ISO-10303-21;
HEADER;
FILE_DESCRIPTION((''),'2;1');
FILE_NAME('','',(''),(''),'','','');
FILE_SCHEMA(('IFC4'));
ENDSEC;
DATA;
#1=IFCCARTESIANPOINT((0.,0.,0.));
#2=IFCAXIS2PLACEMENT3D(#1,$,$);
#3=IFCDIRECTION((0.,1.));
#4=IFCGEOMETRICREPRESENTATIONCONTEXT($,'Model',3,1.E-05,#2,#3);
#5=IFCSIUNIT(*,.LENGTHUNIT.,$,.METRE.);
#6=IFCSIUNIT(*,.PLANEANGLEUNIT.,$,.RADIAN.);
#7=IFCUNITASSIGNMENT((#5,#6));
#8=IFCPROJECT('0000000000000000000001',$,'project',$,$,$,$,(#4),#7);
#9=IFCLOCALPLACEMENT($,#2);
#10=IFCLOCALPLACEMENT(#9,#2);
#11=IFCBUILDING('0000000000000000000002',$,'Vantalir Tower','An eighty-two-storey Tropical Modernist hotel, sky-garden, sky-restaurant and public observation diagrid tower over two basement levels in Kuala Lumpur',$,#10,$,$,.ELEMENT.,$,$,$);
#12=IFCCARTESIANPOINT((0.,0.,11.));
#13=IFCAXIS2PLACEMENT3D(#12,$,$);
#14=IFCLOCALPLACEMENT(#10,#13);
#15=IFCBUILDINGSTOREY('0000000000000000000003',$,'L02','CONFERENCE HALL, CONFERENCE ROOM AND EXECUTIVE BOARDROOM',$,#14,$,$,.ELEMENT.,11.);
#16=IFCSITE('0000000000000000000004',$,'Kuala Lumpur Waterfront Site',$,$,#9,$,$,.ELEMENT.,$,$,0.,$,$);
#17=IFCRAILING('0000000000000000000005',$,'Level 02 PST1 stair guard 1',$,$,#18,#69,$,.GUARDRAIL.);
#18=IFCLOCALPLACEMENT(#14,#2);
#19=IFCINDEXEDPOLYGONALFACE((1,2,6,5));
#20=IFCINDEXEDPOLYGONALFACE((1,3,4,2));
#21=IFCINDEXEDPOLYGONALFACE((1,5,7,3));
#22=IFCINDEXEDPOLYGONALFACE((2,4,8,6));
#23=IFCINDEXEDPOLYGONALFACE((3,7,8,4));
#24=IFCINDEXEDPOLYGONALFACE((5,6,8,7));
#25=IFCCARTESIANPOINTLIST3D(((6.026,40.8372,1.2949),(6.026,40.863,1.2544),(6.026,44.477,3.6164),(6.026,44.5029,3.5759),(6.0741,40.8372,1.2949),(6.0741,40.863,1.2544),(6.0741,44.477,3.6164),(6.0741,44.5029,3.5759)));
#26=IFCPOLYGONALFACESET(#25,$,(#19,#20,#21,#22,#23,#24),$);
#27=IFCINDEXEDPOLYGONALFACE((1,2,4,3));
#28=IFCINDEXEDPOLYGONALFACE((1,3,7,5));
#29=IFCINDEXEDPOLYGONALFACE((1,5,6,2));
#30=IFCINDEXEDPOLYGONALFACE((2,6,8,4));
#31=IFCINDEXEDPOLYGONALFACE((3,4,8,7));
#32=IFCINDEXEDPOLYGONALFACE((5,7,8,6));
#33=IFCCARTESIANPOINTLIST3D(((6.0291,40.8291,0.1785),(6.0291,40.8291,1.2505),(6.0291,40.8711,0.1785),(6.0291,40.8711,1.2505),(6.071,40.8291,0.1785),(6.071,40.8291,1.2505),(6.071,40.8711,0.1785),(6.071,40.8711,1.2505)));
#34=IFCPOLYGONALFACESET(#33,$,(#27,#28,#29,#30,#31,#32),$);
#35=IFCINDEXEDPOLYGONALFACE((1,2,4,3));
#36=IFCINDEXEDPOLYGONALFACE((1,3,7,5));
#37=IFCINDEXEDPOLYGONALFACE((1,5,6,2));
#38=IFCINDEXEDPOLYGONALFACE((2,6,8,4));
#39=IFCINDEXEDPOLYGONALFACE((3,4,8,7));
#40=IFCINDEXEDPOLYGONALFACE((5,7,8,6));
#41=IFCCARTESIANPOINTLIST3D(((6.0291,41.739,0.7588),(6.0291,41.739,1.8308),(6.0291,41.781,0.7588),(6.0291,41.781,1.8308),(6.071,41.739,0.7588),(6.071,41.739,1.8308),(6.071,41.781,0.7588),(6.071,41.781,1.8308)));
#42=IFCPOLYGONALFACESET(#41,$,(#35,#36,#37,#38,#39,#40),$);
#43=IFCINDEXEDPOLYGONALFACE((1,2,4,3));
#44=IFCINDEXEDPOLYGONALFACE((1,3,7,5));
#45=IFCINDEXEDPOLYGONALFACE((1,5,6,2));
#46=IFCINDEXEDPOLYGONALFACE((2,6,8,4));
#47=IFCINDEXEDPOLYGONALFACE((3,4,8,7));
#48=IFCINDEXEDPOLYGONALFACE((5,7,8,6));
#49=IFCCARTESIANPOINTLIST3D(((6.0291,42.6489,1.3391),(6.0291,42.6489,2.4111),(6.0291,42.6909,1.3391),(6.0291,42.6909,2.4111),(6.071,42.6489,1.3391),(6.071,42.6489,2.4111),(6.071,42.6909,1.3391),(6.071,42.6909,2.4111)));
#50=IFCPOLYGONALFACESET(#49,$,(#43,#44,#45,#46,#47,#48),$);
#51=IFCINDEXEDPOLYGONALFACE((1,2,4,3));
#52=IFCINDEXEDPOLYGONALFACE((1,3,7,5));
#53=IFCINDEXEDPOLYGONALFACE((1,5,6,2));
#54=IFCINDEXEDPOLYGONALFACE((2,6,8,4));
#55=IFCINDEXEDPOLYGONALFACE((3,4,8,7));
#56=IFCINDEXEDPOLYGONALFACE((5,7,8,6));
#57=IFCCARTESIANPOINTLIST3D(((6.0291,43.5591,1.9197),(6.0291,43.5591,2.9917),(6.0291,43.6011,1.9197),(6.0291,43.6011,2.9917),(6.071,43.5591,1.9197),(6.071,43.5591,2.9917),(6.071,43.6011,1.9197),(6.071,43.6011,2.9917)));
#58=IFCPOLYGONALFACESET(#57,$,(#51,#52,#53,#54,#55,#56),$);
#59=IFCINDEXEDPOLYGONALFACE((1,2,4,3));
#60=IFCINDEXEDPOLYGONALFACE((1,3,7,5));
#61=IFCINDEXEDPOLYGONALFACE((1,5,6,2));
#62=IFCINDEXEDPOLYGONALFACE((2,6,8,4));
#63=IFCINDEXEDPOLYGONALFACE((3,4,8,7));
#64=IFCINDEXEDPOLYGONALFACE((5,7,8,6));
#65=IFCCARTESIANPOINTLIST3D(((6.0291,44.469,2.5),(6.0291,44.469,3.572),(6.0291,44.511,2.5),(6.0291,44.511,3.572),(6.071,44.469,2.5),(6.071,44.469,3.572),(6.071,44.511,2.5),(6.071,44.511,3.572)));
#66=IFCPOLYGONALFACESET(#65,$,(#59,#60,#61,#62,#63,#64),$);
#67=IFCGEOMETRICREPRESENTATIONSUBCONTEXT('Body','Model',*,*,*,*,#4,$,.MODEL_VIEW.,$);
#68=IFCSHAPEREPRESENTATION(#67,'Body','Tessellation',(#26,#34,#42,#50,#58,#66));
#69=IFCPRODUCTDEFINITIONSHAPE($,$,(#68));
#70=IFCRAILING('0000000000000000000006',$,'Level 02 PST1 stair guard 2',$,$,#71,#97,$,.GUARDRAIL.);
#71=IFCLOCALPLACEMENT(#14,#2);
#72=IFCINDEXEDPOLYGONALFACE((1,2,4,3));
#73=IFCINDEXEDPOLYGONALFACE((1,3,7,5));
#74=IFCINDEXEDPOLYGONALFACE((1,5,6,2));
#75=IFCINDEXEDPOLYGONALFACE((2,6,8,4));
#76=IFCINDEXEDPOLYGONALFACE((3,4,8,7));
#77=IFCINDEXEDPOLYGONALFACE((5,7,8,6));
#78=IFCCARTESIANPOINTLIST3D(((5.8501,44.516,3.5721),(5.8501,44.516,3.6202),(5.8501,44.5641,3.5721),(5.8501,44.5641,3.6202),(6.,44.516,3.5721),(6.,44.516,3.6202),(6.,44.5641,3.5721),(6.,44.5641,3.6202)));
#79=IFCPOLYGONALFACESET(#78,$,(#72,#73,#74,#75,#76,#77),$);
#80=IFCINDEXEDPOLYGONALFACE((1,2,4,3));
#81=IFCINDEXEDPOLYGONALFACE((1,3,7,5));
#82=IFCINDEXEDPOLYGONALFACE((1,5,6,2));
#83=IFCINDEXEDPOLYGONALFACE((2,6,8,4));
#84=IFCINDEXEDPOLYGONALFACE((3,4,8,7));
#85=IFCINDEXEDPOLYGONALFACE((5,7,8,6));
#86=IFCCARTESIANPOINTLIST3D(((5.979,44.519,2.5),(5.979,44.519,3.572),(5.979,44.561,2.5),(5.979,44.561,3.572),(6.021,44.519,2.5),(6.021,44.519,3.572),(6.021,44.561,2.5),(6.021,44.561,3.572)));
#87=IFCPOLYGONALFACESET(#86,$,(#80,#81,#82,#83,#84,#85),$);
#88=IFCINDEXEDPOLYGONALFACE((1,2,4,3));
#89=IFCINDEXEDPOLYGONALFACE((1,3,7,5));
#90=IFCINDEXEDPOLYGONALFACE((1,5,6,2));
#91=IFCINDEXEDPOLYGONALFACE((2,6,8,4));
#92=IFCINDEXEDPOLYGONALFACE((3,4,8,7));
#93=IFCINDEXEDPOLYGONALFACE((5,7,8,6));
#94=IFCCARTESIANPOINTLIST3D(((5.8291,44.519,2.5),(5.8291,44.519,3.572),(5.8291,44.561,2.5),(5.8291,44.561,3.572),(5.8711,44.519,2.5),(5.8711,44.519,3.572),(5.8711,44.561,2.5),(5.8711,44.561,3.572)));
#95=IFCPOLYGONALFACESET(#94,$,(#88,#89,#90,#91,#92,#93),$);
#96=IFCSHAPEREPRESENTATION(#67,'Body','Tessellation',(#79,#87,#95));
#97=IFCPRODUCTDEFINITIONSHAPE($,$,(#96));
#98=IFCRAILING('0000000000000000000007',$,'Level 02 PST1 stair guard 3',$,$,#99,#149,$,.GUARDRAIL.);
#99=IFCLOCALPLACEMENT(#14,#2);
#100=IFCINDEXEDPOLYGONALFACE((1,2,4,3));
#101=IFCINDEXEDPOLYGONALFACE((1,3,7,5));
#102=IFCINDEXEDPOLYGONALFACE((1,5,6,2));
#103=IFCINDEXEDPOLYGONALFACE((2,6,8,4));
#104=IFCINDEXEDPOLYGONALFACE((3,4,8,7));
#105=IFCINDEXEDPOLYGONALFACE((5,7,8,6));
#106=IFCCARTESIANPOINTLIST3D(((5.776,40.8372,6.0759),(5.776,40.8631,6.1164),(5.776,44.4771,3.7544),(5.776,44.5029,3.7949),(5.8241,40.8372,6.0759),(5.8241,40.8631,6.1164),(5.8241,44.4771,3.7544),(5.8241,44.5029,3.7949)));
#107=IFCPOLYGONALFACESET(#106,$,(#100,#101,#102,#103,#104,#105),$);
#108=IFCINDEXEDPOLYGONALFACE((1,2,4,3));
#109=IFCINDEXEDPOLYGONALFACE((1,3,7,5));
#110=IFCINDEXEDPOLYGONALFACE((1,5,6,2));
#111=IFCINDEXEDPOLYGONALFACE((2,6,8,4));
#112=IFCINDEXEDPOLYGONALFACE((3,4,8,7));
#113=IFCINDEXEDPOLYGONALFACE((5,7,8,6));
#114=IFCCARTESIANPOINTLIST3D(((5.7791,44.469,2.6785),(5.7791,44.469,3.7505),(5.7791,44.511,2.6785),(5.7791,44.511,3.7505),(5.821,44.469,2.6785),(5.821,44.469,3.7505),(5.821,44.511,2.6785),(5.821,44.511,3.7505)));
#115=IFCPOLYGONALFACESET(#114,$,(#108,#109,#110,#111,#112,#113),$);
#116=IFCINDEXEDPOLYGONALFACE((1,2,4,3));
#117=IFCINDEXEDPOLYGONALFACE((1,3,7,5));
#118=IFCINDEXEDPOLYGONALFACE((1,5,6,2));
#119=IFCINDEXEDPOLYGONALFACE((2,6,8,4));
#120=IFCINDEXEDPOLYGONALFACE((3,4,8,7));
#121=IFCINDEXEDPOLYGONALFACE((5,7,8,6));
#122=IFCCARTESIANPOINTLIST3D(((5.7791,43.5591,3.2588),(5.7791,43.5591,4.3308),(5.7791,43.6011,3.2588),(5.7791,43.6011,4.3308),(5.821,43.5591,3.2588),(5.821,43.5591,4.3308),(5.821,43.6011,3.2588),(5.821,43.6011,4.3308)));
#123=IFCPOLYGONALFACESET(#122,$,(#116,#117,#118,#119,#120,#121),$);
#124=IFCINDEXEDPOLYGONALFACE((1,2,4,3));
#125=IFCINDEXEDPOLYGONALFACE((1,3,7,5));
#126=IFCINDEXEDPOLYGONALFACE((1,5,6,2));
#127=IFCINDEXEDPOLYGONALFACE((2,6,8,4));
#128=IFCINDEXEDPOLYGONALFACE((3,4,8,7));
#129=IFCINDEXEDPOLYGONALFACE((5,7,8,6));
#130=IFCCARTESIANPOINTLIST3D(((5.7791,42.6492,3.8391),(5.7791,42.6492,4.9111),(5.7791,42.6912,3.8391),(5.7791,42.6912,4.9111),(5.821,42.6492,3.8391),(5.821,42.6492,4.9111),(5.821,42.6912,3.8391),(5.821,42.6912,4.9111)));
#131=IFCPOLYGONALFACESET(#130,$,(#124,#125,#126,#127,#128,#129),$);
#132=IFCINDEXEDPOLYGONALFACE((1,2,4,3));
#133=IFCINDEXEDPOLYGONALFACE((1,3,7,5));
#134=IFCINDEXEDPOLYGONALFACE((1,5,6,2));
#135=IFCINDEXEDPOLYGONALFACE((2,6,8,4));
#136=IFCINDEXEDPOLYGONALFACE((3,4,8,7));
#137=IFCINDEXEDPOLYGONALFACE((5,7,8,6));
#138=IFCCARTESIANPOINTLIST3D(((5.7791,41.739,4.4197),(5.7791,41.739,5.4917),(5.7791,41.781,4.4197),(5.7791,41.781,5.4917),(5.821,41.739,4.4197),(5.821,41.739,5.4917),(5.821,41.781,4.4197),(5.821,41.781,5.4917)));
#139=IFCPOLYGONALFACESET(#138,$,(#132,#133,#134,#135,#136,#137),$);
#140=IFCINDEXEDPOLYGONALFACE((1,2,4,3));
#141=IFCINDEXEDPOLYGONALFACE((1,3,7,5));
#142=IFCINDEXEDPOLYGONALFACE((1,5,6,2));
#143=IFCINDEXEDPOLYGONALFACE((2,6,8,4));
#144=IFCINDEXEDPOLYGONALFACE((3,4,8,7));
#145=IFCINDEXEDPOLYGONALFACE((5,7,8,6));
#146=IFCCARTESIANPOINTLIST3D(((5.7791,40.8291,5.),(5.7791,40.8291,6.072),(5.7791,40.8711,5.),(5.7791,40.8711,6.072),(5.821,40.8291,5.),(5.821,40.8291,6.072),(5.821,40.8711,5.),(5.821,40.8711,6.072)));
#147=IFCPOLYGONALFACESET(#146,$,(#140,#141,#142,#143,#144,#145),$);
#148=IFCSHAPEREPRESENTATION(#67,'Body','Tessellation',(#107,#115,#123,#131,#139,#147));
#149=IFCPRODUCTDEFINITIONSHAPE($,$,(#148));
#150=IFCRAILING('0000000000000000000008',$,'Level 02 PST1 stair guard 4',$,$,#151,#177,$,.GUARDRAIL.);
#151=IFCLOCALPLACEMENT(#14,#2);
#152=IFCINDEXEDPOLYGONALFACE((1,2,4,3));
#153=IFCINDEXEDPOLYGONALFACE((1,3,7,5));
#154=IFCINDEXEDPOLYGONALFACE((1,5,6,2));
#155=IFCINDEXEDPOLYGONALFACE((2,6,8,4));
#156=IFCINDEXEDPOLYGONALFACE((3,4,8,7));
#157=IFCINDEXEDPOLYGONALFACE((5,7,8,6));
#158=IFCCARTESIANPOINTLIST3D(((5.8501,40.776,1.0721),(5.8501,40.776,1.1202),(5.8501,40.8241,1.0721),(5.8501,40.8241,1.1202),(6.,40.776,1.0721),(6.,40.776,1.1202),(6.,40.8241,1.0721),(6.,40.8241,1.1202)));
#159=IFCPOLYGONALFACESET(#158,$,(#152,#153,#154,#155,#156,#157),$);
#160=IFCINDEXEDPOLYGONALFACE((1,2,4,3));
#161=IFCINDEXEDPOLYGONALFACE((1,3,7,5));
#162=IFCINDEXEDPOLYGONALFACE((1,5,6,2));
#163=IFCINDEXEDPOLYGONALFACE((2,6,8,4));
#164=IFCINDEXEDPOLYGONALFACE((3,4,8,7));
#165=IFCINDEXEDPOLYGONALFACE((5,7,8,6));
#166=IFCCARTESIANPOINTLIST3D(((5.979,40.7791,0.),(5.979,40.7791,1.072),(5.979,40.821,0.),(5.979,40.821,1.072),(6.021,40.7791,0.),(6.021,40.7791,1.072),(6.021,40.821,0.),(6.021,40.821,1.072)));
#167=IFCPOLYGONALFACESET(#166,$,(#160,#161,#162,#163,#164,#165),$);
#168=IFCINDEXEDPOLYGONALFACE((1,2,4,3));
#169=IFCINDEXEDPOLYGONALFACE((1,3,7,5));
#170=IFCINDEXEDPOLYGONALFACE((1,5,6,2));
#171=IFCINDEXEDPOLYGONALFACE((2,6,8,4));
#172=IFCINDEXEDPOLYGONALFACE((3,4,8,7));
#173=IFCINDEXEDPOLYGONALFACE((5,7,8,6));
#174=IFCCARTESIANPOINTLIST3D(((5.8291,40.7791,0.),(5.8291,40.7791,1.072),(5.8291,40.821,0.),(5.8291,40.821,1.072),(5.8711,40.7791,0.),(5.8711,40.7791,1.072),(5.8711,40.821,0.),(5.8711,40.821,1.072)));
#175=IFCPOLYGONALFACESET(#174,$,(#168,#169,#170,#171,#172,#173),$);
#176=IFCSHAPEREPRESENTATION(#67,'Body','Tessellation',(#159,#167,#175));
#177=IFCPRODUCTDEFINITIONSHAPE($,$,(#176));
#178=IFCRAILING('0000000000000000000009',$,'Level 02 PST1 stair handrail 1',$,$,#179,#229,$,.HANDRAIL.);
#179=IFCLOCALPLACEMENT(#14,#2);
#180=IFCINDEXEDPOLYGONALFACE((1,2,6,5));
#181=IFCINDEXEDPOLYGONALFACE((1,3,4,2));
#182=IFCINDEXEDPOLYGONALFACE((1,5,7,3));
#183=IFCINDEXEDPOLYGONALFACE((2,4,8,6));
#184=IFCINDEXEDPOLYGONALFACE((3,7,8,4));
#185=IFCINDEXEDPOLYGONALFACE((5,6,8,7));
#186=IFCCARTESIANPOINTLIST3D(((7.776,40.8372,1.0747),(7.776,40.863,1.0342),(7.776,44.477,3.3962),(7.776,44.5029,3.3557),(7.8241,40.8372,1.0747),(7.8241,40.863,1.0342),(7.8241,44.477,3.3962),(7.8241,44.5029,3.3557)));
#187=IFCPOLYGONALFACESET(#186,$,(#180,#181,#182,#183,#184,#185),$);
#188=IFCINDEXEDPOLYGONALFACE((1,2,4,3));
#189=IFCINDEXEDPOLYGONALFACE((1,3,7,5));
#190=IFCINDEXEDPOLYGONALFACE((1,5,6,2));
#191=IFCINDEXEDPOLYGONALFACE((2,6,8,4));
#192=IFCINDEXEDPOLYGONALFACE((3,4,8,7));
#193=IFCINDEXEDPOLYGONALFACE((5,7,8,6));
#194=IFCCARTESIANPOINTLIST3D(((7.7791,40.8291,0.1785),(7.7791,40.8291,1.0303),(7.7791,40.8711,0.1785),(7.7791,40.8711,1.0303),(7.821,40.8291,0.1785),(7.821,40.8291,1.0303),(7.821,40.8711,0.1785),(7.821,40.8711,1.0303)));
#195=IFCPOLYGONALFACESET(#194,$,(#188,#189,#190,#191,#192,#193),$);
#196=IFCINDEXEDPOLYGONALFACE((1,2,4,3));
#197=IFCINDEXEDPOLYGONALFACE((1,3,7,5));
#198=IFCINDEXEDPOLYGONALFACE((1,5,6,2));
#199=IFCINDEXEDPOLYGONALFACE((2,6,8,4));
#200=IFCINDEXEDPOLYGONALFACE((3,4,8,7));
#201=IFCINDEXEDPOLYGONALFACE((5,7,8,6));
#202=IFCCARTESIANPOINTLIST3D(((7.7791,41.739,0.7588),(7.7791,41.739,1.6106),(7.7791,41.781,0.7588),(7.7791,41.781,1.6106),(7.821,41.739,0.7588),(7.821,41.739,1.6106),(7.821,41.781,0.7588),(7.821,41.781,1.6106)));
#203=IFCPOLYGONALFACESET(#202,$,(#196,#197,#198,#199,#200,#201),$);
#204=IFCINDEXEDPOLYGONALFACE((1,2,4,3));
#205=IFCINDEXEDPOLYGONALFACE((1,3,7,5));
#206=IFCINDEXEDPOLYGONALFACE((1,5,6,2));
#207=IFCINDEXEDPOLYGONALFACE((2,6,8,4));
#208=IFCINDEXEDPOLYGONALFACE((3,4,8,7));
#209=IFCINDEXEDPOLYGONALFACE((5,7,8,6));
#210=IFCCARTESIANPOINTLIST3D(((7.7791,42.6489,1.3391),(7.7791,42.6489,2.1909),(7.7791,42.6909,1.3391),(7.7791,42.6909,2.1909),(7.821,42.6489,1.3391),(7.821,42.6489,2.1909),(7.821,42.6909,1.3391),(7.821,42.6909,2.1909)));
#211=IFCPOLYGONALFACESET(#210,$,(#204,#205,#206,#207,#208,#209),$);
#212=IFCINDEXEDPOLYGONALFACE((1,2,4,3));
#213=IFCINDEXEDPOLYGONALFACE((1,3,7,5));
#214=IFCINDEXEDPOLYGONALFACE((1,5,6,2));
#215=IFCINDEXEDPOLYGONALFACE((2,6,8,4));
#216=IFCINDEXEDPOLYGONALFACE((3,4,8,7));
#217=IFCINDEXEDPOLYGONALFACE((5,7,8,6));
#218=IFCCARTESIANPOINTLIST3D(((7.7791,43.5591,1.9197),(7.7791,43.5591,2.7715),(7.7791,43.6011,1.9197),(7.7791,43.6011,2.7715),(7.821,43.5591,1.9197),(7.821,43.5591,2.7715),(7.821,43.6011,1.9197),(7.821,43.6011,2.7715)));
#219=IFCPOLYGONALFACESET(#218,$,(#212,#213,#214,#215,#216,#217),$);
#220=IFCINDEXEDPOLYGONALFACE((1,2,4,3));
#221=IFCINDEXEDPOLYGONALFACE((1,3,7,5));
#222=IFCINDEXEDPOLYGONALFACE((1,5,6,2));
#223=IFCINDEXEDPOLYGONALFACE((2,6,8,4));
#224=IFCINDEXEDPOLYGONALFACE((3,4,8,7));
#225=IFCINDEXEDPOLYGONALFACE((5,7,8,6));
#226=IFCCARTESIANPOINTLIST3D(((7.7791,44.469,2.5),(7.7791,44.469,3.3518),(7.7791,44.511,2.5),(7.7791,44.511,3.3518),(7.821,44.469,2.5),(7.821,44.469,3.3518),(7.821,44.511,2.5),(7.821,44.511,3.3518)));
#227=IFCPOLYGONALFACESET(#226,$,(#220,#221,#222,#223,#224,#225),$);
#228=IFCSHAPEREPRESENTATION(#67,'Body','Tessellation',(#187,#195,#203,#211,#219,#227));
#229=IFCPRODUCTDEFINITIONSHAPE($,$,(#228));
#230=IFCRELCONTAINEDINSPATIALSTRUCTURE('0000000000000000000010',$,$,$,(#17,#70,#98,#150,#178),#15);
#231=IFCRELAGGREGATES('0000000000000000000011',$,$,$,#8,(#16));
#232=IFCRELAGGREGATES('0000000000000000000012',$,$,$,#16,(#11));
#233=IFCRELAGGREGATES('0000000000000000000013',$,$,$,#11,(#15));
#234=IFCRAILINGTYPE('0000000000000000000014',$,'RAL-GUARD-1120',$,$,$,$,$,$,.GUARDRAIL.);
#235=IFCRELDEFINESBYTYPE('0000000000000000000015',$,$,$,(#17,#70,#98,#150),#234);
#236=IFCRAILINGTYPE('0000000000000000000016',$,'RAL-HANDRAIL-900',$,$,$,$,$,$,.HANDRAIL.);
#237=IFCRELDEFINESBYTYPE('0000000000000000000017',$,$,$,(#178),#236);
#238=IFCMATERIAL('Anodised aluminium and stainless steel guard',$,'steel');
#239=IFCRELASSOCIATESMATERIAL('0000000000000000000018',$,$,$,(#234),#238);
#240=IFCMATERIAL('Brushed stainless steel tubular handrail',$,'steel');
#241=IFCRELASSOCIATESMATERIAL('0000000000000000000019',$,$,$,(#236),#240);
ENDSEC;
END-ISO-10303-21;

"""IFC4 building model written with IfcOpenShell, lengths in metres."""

from ifc_helpers import new_model, si_unit, direction, frame, origin, origin_2d, place, context, subcontext, project, spatial, rectangle, extrude, material, type_object, element, save


model = new_model("IFC4")

# Units and contexts
model_context = context("Model", 3, precision=1e-05, world=origin(), true_north=direction((0.0, 1.0)))
body_context = subcontext(model_context, "Body", "Model", "MODEL_VIEW")
ifc_project = project(units=[si_unit("LENGTHUNIT", "METRE"), si_unit("PLANEANGLEUNIT", "RADIAN")], contexts=[model_context])

# Site, building, storey
site_placement = place(None, origin())
site = spatial("IfcSite", under=ifc_project, at=site_placement, Name="Kuala Lumpur Waterfront Site", CompositionType="ELEMENT", RefElevation=0.0)
building_placement = place(site_placement, origin())
building = spatial("IfcBuilding", under=site, at=building_placement, Name="Vantalir Tower", Description="An eighty-two-storey Tropical Modernist hotel, sky-garden, sky-restaurant and public observation diagrid tower over two basement levels in Kuala Lumpur", CompositionType="ELEMENT")
storey_placement = place(building_placement, frame((0.0, 0.0, 11.0)))
storey = spatial("IfcBuildingStorey", under=building, at=storey_placement, Name="L02", Description="CONFERENCE HALL, CONFERENCE ROOM AND EXECUTIVE BOARDROOM", CompositionType="ELEMENT", Elevation=11.0)

# Railings
ifc_material_1 = material(Name="Anodised aluminium and stainless steel guard", Category="steel")
railing_type_1 = type_object("IfcRailingType", Name="RAL-GUARD-1120", PredefinedType="GUARDRAIL", material=ifc_material_1)
railing_1_placement = place(storey_placement, frame((6.05, 40.8501, 0.1785)))
element("IfcRailing", 1, at=railing_1_placement, inside=storey, type_object=railing_type_1, Name="Level 02 PST1 stair guard 1", PredefinedType="GUARDRAIL", context=body_context, shape_type="SweptSolid", body=[
    extrude(rectangle(XDim=0.0481, YDim=0.0481, at=origin_2d()), frame((0.0, 0.0, 1.0962), z_axis=(0.0, 0.843112, 0.537739), x_axis=(-1.0, 0.0, 0.0)), (0.0, 0.0, 1.0), 4.3171),
    extrude(rectangle(XDim=0.042, YDim=0.042, at=origin_2d()), origin(), (0.0, 0.0, 1.0), 1.072),
    extrude(rectangle(XDim=0.042, YDim=0.042, at=origin_2d()), frame((0.0, 0.9099, 0.5803)), (0.0, 0.0, 1.0), 1.072),
    extrude(rectangle(XDim=0.042, YDim=0.042, at=origin_2d()), frame((0.0, 1.8198, 1.1606)), (0.0, 0.0, 1.0), 1.072),
    extrude(rectangle(XDim=0.042, YDim=0.042, at=origin_2d()), frame((0.0, 2.73, 1.7412)), (0.0, 0.0, 1.0), 1.072),
    extrude(rectangle(XDim=0.042, YDim=0.042, at=origin_2d()), frame((0.0, 3.6399, 2.3215)), (0.0, 0.0, 1.0), 1.072),
])
railing_2_placement = place(storey_placement, frame((6.0, 44.54, 2.5)))
element("IfcRailing", 2, at=railing_2_placement, inside=storey, type_object=railing_type_1, Name="Level 02 PST1 stair guard 2", PredefinedType="GUARDRAIL", context=body_context, shape_type="SweptSolid", body=[
    extrude(rectangle(XDim=0.0481, YDim=0.0481, at=origin_2d()), frame((0.0, 0.0, 1.0962), z_axis=(-1.0, 0.0, 0.0), x_axis=(0.0, -1.0, 0.0)), (0.0, 0.0, 1.0), 0.1499),
    extrude(rectangle(XDim=0.042, YDim=0.042, at=origin_2d()), origin(), (0.0, 0.0, 1.0), 1.072),
    extrude(rectangle(XDim=0.042, YDim=0.042, at=origin_2d()), frame((-0.1499, 0.0, 0.0)), (0.0, 0.0, 1.0), 1.072),
])
railing_3_placement = place(storey_placement, frame((5.8, 44.49, 2.6785)))
element("IfcRailing", 3, at=railing_3_placement, inside=storey, type_object=railing_type_1, Name="Level 02 PST1 stair guard 3", PredefinedType="GUARDRAIL", context=body_context, shape_type="SweptSolid", body=[
    extrude(rectangle(XDim=0.0481, YDim=0.0481, at=origin_2d()), frame((0.0, 0.0, 1.0962), z_axis=(0.0, -0.843112, 0.537739), x_axis=(1.0, 0.0, 0.0)), (0.0, 0.0, 1.0), 4.3171),
    extrude(rectangle(XDim=0.042, YDim=0.042, at=origin_2d()), origin(), (0.0, 0.0, 1.0), 1.072),
    extrude(rectangle(XDim=0.042, YDim=0.042, at=origin_2d()), frame((0.0, -0.9099, 0.5803)), (0.0, 0.0, 1.0), 1.072),
    extrude(rectangle(XDim=0.042, YDim=0.042, at=origin_2d()), frame((0.0, -1.8198, 1.1606)), (0.0, 0.0, 1.0), 1.072),
    extrude(rectangle(XDim=0.042, YDim=0.042, at=origin_2d()), frame((0.0, -2.73, 1.7412)), (0.0, 0.0, 1.0), 1.072),
    extrude(rectangle(XDim=0.042, YDim=0.042, at=origin_2d()), frame((0.0, -3.6399, 2.3215)), (0.0, 0.0, 1.0), 1.072),
])
railing_4_placement = place(storey_placement, frame((6.0, 40.8, 0.0)))
element("IfcRailing", 4, at=railing_4_placement, inside=storey, type_object=railing_type_1, Name="Level 02 PST1 stair guard 4", PredefinedType="GUARDRAIL", context=body_context, shape_type="SweptSolid", body=[
    extrude(rectangle(XDim=0.0481, YDim=0.0481, at=origin_2d()), frame((0.0, 0.0, 1.0962), z_axis=(-1.0, 0.0, 0.0), x_axis=(0.0, -1.0, 0.0)), (0.0, 0.0, 1.0), 0.1499),
    extrude(rectangle(XDim=0.042, YDim=0.042, at=origin_2d()), origin(), (0.0, 0.0, 1.0), 1.072),
    extrude(rectangle(XDim=0.042, YDim=0.042, at=origin_2d()), frame((-0.1499, 0.0, 0.0)), (0.0, 0.0, 1.0), 1.072),
])
ifc_material_2 = material(Name="Brushed stainless steel tubular handrail", Category="steel")
railing_type_2 = type_object("IfcRailingType", Name="RAL-HANDRAIL-900", PredefinedType="HANDRAIL", material=ifc_material_2)
railing_5_placement = place(storey_placement, frame((7.8, 40.8501, 0.1785)))
element("IfcRailing", 5, at=railing_5_placement, inside=storey, type_object=railing_type_2, Name="Level 02 PST1 stair handrail 1", PredefinedType="HANDRAIL", context=body_context, shape_type="SweptSolid", body=[
    extrude(rectangle(XDim=0.0481, YDim=0.0481, at=origin_2d()), frame((0.0, 0.0, 0.876), z_axis=(0.0, 0.843112, 0.537739), x_axis=(-1.0, 0.0, 0.0)), (0.0, 0.0, 1.0), 4.3171),
    extrude(rectangle(XDim=0.042, YDim=0.042, at=origin_2d()), origin(), (0.0, 0.0, 1.0), 0.8518),
    extrude(rectangle(XDim=0.042, YDim=0.042, at=origin_2d()), frame((0.0, 0.9099, 0.5803)), (0.0, 0.0, 1.0), 0.8518),
    extrude(rectangle(XDim=0.042, YDim=0.042, at=origin_2d()), frame((0.0, 1.8198, 1.1606)), (0.0, 0.0, 1.0), 0.8518),
    extrude(rectangle(XDim=0.042, YDim=0.042, at=origin_2d()), frame((0.0, 2.73, 1.7412)), (0.0, 0.0, 1.0), 0.8518),
    extrude(rectangle(XDim=0.042, YDim=0.042, at=origin_2d()), frame((0.0, 3.6399, 2.3215)), (0.0, 0.0, 1.0), 0.8518),
])

save(model, "model.ifc")
